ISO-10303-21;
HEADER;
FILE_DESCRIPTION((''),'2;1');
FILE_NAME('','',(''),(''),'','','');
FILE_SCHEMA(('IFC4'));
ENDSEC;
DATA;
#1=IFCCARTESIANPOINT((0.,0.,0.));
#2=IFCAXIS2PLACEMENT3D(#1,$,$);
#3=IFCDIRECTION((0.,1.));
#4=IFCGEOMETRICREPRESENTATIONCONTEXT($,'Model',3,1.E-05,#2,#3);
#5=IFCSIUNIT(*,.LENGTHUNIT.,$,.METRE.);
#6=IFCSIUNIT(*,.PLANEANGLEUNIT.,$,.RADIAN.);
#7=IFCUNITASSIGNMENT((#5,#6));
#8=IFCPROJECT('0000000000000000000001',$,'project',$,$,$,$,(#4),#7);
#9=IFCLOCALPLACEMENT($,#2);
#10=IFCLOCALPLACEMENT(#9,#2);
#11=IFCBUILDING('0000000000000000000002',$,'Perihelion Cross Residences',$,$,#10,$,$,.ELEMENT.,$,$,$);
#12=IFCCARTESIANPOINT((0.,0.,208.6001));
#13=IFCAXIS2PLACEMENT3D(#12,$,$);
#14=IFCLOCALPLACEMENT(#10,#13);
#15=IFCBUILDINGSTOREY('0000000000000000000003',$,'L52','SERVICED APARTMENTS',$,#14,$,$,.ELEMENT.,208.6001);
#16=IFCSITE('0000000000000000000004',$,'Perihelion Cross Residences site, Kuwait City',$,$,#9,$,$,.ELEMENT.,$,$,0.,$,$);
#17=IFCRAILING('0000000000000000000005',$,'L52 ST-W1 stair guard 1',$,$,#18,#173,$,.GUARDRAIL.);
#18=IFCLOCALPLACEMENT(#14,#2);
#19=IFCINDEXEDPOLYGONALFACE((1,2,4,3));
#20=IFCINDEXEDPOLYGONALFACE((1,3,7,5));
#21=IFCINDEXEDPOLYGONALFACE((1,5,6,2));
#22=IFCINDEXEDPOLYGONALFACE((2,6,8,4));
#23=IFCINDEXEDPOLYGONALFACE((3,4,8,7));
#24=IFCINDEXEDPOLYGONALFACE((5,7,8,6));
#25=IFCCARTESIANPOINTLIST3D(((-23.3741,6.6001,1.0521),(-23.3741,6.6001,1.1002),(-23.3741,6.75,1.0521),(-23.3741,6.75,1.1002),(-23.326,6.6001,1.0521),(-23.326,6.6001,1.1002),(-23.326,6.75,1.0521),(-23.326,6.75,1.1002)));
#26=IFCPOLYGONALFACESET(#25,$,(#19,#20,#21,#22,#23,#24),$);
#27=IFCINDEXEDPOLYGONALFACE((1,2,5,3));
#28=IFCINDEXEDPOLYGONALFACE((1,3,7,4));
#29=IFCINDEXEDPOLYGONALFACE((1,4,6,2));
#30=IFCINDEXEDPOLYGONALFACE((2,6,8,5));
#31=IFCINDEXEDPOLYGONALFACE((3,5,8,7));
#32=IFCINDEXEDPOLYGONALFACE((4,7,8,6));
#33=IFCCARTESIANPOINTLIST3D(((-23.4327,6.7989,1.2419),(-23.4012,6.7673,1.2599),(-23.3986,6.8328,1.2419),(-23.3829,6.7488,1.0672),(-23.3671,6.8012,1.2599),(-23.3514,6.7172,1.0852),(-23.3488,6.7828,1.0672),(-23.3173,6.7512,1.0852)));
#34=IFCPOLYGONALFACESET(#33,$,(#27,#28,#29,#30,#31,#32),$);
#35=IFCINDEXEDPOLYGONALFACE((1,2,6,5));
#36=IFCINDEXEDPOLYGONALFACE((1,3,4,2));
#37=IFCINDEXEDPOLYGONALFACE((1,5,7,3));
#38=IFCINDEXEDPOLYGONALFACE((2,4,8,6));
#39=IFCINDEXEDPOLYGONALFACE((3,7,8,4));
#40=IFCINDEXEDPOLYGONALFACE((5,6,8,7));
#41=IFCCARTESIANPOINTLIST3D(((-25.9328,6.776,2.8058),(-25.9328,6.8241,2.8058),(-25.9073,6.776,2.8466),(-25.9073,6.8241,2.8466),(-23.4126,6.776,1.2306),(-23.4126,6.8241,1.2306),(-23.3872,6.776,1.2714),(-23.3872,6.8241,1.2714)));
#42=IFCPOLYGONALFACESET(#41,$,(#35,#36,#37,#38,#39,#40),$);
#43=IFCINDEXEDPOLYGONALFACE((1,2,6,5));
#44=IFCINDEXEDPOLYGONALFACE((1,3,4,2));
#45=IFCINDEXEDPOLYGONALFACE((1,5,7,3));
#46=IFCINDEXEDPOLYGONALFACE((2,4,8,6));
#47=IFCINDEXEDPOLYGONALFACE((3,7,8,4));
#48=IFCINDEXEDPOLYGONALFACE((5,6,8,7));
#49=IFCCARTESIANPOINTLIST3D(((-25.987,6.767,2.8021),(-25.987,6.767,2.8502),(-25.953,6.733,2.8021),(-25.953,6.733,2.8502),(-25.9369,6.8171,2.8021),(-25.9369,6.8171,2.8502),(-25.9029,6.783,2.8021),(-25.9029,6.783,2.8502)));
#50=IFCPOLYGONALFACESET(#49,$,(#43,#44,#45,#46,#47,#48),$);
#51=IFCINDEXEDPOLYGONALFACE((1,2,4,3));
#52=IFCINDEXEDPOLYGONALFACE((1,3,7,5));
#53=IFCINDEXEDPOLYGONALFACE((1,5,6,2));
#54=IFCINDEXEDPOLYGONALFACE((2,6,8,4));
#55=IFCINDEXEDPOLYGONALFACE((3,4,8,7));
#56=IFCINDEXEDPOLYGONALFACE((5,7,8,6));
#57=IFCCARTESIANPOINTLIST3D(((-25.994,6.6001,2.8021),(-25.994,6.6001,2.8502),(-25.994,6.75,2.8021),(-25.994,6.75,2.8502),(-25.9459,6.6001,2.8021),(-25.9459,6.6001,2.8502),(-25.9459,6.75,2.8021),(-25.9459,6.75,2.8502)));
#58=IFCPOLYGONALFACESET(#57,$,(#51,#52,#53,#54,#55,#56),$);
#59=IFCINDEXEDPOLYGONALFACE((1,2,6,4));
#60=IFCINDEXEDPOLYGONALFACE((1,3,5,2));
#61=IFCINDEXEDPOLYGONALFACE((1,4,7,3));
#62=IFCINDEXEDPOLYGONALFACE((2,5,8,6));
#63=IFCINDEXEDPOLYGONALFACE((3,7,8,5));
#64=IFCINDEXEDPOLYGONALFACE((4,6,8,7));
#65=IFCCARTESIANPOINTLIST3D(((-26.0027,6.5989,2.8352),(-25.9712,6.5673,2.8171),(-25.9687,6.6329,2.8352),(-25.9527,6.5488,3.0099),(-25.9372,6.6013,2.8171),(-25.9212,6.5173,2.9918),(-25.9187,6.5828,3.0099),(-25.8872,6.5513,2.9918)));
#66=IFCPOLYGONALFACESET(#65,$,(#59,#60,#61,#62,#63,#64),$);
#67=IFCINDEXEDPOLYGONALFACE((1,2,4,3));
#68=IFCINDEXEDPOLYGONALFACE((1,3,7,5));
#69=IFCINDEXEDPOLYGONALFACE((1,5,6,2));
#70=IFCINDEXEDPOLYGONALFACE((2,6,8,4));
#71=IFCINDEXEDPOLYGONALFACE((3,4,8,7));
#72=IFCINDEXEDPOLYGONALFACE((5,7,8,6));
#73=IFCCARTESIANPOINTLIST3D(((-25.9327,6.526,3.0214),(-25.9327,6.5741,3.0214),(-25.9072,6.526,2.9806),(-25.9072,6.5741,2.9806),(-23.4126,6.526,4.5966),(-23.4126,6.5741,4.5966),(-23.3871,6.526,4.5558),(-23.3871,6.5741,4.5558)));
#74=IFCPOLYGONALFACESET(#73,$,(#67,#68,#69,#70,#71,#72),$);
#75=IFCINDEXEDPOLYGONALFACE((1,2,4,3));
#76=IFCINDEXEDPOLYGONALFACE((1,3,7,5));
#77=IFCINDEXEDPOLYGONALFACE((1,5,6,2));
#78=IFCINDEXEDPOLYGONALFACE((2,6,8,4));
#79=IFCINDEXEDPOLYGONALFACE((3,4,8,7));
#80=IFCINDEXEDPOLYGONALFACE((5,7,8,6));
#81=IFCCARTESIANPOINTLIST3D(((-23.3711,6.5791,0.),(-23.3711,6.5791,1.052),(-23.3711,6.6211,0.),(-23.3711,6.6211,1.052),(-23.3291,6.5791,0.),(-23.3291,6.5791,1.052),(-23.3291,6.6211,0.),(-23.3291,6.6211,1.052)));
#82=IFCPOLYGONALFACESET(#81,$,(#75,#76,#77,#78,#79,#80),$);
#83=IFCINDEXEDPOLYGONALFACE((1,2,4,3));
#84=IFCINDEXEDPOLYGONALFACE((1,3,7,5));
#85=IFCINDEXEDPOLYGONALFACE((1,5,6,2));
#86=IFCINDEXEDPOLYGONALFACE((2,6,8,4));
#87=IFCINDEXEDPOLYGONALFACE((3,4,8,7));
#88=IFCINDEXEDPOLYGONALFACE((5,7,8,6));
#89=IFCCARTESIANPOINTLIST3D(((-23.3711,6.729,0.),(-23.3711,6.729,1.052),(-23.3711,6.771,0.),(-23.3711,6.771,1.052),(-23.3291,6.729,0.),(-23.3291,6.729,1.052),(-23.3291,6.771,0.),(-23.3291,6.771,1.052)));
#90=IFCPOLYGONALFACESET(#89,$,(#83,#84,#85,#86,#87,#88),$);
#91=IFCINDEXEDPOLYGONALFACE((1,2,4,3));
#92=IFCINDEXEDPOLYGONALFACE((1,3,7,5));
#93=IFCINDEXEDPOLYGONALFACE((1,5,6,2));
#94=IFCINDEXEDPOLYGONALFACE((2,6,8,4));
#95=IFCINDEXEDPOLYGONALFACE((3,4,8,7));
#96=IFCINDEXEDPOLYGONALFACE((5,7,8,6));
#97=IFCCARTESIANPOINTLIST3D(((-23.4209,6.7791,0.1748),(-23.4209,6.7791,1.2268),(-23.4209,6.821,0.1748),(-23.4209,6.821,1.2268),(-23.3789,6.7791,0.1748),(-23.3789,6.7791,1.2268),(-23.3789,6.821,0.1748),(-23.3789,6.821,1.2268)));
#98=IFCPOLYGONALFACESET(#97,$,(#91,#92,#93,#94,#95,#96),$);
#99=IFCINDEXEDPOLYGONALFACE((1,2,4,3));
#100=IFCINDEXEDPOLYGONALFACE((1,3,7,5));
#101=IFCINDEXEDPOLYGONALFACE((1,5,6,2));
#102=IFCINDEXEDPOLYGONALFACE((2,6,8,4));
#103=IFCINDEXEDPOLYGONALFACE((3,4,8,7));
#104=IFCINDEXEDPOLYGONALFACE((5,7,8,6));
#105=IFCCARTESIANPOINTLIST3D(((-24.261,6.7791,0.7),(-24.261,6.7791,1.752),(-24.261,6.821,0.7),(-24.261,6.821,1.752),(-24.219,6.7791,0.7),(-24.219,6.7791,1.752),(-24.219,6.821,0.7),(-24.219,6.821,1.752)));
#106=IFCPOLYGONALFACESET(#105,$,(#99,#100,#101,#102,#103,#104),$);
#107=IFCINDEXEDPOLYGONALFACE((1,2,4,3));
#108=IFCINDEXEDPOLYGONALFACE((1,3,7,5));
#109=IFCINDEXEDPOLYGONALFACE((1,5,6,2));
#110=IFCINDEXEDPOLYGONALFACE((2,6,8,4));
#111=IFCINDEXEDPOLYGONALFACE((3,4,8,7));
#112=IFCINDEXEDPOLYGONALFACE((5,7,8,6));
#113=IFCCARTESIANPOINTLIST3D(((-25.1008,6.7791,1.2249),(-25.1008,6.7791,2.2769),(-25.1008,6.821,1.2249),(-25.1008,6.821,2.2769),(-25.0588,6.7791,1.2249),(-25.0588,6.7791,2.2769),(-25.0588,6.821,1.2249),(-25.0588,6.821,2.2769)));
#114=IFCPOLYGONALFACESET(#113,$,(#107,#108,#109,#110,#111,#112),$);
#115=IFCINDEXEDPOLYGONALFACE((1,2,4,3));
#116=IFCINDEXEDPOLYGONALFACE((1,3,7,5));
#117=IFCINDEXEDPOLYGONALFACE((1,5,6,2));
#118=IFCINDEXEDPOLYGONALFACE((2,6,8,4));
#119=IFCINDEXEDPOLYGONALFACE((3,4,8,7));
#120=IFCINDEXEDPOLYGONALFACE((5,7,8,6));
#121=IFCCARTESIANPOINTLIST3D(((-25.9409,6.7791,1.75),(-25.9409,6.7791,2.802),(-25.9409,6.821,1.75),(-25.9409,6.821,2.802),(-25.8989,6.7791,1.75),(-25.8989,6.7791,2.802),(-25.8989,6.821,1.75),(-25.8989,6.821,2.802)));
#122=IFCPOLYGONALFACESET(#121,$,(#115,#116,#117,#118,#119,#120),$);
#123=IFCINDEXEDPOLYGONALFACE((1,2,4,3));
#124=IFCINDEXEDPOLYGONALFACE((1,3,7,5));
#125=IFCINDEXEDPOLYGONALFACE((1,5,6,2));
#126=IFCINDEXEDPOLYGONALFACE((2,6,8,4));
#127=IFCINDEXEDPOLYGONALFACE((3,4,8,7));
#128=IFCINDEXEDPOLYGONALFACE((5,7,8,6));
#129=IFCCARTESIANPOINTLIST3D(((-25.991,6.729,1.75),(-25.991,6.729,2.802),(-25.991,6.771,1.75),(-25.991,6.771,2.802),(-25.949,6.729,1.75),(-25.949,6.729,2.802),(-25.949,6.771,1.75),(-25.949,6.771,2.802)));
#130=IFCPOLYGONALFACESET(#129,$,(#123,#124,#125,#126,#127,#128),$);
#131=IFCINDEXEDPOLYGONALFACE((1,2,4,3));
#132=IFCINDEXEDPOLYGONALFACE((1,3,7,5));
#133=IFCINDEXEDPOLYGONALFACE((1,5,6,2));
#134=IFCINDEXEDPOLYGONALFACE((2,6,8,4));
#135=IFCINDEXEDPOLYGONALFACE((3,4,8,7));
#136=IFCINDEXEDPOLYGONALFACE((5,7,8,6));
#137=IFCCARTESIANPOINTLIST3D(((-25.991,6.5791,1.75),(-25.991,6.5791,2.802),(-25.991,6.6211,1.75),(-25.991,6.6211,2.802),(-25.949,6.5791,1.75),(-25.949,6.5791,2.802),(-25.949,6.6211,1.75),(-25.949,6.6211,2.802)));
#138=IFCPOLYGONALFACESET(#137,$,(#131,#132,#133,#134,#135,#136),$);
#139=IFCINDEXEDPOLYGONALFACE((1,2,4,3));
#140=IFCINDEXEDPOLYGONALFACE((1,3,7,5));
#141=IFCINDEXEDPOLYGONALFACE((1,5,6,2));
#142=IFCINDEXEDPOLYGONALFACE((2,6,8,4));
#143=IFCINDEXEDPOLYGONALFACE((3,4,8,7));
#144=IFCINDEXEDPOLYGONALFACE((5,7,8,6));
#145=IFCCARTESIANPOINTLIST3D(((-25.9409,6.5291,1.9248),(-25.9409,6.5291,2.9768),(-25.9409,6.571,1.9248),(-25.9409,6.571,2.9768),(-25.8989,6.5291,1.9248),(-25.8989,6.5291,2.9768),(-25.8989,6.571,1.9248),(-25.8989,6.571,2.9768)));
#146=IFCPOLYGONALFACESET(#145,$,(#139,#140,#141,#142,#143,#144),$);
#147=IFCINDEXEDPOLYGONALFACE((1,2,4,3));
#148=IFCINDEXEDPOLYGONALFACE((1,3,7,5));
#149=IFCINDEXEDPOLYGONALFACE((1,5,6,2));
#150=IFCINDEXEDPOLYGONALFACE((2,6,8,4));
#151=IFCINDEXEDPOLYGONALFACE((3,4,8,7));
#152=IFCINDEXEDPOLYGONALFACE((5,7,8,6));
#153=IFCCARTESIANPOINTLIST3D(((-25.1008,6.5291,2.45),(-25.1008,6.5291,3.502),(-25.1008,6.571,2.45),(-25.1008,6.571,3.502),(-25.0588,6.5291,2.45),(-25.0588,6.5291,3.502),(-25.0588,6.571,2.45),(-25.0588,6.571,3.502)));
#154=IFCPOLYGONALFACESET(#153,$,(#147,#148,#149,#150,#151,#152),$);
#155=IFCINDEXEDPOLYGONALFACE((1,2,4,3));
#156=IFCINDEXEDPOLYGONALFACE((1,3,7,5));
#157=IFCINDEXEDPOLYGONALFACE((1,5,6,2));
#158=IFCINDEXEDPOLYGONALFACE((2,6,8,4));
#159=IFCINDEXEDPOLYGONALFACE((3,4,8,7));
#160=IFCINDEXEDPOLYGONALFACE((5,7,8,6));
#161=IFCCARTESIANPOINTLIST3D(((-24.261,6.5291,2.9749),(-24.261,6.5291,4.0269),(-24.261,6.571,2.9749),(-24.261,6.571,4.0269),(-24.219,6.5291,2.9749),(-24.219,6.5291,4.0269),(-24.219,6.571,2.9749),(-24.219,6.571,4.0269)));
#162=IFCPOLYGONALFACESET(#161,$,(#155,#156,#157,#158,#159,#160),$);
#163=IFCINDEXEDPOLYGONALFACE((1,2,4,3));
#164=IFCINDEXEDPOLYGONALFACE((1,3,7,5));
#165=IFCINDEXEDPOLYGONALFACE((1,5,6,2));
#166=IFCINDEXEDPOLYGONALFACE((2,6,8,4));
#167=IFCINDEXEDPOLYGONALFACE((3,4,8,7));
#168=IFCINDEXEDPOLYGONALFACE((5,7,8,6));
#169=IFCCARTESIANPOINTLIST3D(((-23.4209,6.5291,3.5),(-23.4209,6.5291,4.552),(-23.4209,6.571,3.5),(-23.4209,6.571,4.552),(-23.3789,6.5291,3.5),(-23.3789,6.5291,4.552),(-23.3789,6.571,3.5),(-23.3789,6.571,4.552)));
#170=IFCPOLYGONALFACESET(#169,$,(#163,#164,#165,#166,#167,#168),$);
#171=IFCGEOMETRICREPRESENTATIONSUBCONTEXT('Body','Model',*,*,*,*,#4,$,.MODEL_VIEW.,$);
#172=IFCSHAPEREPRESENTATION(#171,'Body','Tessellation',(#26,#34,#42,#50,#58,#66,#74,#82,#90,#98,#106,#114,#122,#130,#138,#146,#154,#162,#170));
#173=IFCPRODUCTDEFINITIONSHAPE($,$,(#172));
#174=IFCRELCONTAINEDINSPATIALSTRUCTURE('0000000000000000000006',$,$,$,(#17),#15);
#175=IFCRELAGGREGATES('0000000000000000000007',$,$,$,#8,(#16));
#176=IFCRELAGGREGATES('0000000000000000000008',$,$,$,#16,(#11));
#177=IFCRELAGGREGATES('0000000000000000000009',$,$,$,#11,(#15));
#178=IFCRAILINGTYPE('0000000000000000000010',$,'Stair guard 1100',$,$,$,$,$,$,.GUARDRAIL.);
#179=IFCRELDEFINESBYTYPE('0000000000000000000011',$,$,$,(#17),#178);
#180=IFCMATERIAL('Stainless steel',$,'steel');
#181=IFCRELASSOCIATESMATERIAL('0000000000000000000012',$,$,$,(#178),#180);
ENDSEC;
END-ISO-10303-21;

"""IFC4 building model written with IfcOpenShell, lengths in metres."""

from ifc_helpers import new_model, si_unit, direction, frame, origin, origin_2d, place, context, subcontext, project, spatial, rectangle, extrude, material, type_object, element, save


model = new_model("IFC4")

# Units and contexts
model_context = context("Model", 3, precision=1e-05, world=origin(), true_north=direction((0.0, 1.0)))
body_context = subcontext(model_context, "Body", "Model", "MODEL_VIEW")
ifc_project = project(units=[si_unit("LENGTHUNIT", "METRE"), si_unit("PLANEANGLEUNIT", "RADIAN")], contexts=[model_context])

# Site, building, storey
site_placement = place(None, origin())
site = spatial("IfcSite", under=ifc_project, at=site_placement, Name="Perihelion Cross Residences site, Kuwait City", CompositionType="ELEMENT", RefElevation=0.0)
building_placement = place(site_placement, origin())
building = spatial("IfcBuilding", under=site, at=building_placement, Name="Perihelion Cross Residences", CompositionType="ELEMENT")
storey_placement = place(building_placement, frame((0.0, 0.0, 208.6001)))
storey = spatial("IfcBuildingStorey", under=building, at=storey_placement, Name="L52", Description="SERVICED APARTMENTS", CompositionType="ELEMENT", Elevation=208.6001)

# Railing
ifc_material_1 = material(Name="Stainless steel", Category="steel")
railing_type_1 = type_object("IfcRailingType", Name="Stair guard 1100", PredefinedType="GUARDRAIL", material=ifc_material_1)
railing_1_placement = place(storey_placement, frame((-23.3501, 6.6001, 0.0)))
element("IfcRailing", 1, at=railing_1_placement, inside=storey, type_object=railing_type_1, Name="L52 ST-W1 stair guard 1", PredefinedType="GUARDRAIL", context=body_context, shape_type="SweptSolid", body=[
    extrude(rectangle(XDim=0.0481, YDim=0.0481, at=origin_2d()), frame((0.0, 0.0, 1.0762), z_axis=(0.0, 1.0, 0.0), x_axis=(-1.0, 0.0, 0.0)), (0.0, 0.0, 1.0), 0.1499),
    extrude(rectangle(XDim=0.0481, YDim=0.0481, at=origin_2d()), frame((0.0, 0.1499, 1.0762), z_axis=(-0.264179, 0.265474, 0.927218), x_axis=(-0.708834, -0.705376, 0.0)), (0.0, 0.0, 1.0), 0.1885),
    extrude(rectangle(XDim=0.0481, YDim=0.0481, at=origin_2d()), frame((-0.0498, 0.2, 1.251), z_axis=(-0.847971, 0.0, 0.530043), x_axis=(0.0, -1.0, 0.0)), (0.0, 0.0, 1.0), 2.9719),
    extrude(rectangle(XDim=0.0481, YDim=0.0481, at=origin_2d()), frame((-2.5698, 0.2, 2.8262), z_axis=(-0.707107, -0.707107, 0.0), x_axis=(0.707107, -0.707107, 0.0)), (0.0, 0.0, 1.0), 0.0708),
    extrude(rectangle(XDim=0.0481, YDim=0.0481, at=origin_2d()), frame((-2.6199, 0.1499, 2.8262), z_axis=(0.0, -1.0, 0.0), x_axis=(1.0, 0.0, 0.0)), (0.0, 0.0, 1.0), 0.1499),
    extrude(rectangle(XDim=0.0481, YDim=0.0481, at=origin_2d()), frame((-2.6199, 0.0, 2.8262), z_axis=(0.265383, -0.265383, 0.9269), x_axis=(0.707107, 0.707107, 0.0)), (0.0, 0.0, 1.0), 0.1885),
    extrude(rectangle(XDim=0.0481, YDim=0.0481, at=origin_2d()), frame((-2.5698, -0.05, 3.001), z_axis=(0.847971, 0.0, 0.530043), x_axis=(0.0, 1.0, 0.0)), (0.0, 0.0, 1.0), 2.9719),
    extrude(rectangle(XDim=0.042, YDim=0.042, at=origin_2d()), origin(), (0.0, 0.0, 1.0), 1.052),
    extrude(rectangle(XDim=0.042, YDim=0.042, at=origin_2d()), frame((0.0, 0.1499, 0.0)), (0.0, 0.0, 1.0), 1.052),
    extrude(rectangle(XDim=0.042, YDim=0.042, at=origin_2d()), frame((-0.0498, 0.2, 0.1748)), (0.0, 0.0, 1.0), 1.052),
    extrude(rectangle(XDim=0.042, YDim=0.042, at=origin_2d()), frame((-0.8899, 0.2, 0.7)), (0.0, 0.0, 1.0), 1.052),
    extrude(rectangle(XDim=0.042, YDim=0.042, at=origin_2d()), frame((-1.7297, 0.2, 1.2249)), (0.0, 0.0, 1.0), 1.052),
    extrude(rectangle(XDim=0.042, YDim=0.042, at=origin_2d()), frame((-2.5698, 0.2, 1.75)), (0.0, 0.0, 1.0), 1.052),
    extrude(rectangle(XDim=0.042, YDim=0.042, at=origin_2d()), frame((-2.6199, 0.1499, 1.75)), (0.0, 0.0, 1.0), 1.052),
    extrude(rectangle(XDim=0.042, YDim=0.042, at=origin_2d()), frame((-2.6199, 0.0, 1.75)), (0.0, 0.0, 1.0), 1.052),
    extrude(rectangle(XDim=0.042, YDim=0.042, at=origin_2d()), frame((-2.5698, -0.05, 1.9248)), (0.0, 0.0, 1.0), 1.052),
    extrude(rectangle(XDim=0.042, YDim=0.042, at=origin_2d()), frame((-1.7297, -0.05, 2.45)), (0.0, 0.0, 1.0), 1.052),
    extrude(rectangle(XDim=0.042, YDim=0.042, at=origin_2d()), frame((-0.8899, -0.05, 2.9749)), (0.0, 0.0, 1.0), 1.052),
    extrude(rectangle(XDim=0.042, YDim=0.042, at=origin_2d()), frame((-0.0498, -0.05, 3.5)), (0.0, 0.0, 1.0), 1.052),
])

save(model, "model.ifc")
